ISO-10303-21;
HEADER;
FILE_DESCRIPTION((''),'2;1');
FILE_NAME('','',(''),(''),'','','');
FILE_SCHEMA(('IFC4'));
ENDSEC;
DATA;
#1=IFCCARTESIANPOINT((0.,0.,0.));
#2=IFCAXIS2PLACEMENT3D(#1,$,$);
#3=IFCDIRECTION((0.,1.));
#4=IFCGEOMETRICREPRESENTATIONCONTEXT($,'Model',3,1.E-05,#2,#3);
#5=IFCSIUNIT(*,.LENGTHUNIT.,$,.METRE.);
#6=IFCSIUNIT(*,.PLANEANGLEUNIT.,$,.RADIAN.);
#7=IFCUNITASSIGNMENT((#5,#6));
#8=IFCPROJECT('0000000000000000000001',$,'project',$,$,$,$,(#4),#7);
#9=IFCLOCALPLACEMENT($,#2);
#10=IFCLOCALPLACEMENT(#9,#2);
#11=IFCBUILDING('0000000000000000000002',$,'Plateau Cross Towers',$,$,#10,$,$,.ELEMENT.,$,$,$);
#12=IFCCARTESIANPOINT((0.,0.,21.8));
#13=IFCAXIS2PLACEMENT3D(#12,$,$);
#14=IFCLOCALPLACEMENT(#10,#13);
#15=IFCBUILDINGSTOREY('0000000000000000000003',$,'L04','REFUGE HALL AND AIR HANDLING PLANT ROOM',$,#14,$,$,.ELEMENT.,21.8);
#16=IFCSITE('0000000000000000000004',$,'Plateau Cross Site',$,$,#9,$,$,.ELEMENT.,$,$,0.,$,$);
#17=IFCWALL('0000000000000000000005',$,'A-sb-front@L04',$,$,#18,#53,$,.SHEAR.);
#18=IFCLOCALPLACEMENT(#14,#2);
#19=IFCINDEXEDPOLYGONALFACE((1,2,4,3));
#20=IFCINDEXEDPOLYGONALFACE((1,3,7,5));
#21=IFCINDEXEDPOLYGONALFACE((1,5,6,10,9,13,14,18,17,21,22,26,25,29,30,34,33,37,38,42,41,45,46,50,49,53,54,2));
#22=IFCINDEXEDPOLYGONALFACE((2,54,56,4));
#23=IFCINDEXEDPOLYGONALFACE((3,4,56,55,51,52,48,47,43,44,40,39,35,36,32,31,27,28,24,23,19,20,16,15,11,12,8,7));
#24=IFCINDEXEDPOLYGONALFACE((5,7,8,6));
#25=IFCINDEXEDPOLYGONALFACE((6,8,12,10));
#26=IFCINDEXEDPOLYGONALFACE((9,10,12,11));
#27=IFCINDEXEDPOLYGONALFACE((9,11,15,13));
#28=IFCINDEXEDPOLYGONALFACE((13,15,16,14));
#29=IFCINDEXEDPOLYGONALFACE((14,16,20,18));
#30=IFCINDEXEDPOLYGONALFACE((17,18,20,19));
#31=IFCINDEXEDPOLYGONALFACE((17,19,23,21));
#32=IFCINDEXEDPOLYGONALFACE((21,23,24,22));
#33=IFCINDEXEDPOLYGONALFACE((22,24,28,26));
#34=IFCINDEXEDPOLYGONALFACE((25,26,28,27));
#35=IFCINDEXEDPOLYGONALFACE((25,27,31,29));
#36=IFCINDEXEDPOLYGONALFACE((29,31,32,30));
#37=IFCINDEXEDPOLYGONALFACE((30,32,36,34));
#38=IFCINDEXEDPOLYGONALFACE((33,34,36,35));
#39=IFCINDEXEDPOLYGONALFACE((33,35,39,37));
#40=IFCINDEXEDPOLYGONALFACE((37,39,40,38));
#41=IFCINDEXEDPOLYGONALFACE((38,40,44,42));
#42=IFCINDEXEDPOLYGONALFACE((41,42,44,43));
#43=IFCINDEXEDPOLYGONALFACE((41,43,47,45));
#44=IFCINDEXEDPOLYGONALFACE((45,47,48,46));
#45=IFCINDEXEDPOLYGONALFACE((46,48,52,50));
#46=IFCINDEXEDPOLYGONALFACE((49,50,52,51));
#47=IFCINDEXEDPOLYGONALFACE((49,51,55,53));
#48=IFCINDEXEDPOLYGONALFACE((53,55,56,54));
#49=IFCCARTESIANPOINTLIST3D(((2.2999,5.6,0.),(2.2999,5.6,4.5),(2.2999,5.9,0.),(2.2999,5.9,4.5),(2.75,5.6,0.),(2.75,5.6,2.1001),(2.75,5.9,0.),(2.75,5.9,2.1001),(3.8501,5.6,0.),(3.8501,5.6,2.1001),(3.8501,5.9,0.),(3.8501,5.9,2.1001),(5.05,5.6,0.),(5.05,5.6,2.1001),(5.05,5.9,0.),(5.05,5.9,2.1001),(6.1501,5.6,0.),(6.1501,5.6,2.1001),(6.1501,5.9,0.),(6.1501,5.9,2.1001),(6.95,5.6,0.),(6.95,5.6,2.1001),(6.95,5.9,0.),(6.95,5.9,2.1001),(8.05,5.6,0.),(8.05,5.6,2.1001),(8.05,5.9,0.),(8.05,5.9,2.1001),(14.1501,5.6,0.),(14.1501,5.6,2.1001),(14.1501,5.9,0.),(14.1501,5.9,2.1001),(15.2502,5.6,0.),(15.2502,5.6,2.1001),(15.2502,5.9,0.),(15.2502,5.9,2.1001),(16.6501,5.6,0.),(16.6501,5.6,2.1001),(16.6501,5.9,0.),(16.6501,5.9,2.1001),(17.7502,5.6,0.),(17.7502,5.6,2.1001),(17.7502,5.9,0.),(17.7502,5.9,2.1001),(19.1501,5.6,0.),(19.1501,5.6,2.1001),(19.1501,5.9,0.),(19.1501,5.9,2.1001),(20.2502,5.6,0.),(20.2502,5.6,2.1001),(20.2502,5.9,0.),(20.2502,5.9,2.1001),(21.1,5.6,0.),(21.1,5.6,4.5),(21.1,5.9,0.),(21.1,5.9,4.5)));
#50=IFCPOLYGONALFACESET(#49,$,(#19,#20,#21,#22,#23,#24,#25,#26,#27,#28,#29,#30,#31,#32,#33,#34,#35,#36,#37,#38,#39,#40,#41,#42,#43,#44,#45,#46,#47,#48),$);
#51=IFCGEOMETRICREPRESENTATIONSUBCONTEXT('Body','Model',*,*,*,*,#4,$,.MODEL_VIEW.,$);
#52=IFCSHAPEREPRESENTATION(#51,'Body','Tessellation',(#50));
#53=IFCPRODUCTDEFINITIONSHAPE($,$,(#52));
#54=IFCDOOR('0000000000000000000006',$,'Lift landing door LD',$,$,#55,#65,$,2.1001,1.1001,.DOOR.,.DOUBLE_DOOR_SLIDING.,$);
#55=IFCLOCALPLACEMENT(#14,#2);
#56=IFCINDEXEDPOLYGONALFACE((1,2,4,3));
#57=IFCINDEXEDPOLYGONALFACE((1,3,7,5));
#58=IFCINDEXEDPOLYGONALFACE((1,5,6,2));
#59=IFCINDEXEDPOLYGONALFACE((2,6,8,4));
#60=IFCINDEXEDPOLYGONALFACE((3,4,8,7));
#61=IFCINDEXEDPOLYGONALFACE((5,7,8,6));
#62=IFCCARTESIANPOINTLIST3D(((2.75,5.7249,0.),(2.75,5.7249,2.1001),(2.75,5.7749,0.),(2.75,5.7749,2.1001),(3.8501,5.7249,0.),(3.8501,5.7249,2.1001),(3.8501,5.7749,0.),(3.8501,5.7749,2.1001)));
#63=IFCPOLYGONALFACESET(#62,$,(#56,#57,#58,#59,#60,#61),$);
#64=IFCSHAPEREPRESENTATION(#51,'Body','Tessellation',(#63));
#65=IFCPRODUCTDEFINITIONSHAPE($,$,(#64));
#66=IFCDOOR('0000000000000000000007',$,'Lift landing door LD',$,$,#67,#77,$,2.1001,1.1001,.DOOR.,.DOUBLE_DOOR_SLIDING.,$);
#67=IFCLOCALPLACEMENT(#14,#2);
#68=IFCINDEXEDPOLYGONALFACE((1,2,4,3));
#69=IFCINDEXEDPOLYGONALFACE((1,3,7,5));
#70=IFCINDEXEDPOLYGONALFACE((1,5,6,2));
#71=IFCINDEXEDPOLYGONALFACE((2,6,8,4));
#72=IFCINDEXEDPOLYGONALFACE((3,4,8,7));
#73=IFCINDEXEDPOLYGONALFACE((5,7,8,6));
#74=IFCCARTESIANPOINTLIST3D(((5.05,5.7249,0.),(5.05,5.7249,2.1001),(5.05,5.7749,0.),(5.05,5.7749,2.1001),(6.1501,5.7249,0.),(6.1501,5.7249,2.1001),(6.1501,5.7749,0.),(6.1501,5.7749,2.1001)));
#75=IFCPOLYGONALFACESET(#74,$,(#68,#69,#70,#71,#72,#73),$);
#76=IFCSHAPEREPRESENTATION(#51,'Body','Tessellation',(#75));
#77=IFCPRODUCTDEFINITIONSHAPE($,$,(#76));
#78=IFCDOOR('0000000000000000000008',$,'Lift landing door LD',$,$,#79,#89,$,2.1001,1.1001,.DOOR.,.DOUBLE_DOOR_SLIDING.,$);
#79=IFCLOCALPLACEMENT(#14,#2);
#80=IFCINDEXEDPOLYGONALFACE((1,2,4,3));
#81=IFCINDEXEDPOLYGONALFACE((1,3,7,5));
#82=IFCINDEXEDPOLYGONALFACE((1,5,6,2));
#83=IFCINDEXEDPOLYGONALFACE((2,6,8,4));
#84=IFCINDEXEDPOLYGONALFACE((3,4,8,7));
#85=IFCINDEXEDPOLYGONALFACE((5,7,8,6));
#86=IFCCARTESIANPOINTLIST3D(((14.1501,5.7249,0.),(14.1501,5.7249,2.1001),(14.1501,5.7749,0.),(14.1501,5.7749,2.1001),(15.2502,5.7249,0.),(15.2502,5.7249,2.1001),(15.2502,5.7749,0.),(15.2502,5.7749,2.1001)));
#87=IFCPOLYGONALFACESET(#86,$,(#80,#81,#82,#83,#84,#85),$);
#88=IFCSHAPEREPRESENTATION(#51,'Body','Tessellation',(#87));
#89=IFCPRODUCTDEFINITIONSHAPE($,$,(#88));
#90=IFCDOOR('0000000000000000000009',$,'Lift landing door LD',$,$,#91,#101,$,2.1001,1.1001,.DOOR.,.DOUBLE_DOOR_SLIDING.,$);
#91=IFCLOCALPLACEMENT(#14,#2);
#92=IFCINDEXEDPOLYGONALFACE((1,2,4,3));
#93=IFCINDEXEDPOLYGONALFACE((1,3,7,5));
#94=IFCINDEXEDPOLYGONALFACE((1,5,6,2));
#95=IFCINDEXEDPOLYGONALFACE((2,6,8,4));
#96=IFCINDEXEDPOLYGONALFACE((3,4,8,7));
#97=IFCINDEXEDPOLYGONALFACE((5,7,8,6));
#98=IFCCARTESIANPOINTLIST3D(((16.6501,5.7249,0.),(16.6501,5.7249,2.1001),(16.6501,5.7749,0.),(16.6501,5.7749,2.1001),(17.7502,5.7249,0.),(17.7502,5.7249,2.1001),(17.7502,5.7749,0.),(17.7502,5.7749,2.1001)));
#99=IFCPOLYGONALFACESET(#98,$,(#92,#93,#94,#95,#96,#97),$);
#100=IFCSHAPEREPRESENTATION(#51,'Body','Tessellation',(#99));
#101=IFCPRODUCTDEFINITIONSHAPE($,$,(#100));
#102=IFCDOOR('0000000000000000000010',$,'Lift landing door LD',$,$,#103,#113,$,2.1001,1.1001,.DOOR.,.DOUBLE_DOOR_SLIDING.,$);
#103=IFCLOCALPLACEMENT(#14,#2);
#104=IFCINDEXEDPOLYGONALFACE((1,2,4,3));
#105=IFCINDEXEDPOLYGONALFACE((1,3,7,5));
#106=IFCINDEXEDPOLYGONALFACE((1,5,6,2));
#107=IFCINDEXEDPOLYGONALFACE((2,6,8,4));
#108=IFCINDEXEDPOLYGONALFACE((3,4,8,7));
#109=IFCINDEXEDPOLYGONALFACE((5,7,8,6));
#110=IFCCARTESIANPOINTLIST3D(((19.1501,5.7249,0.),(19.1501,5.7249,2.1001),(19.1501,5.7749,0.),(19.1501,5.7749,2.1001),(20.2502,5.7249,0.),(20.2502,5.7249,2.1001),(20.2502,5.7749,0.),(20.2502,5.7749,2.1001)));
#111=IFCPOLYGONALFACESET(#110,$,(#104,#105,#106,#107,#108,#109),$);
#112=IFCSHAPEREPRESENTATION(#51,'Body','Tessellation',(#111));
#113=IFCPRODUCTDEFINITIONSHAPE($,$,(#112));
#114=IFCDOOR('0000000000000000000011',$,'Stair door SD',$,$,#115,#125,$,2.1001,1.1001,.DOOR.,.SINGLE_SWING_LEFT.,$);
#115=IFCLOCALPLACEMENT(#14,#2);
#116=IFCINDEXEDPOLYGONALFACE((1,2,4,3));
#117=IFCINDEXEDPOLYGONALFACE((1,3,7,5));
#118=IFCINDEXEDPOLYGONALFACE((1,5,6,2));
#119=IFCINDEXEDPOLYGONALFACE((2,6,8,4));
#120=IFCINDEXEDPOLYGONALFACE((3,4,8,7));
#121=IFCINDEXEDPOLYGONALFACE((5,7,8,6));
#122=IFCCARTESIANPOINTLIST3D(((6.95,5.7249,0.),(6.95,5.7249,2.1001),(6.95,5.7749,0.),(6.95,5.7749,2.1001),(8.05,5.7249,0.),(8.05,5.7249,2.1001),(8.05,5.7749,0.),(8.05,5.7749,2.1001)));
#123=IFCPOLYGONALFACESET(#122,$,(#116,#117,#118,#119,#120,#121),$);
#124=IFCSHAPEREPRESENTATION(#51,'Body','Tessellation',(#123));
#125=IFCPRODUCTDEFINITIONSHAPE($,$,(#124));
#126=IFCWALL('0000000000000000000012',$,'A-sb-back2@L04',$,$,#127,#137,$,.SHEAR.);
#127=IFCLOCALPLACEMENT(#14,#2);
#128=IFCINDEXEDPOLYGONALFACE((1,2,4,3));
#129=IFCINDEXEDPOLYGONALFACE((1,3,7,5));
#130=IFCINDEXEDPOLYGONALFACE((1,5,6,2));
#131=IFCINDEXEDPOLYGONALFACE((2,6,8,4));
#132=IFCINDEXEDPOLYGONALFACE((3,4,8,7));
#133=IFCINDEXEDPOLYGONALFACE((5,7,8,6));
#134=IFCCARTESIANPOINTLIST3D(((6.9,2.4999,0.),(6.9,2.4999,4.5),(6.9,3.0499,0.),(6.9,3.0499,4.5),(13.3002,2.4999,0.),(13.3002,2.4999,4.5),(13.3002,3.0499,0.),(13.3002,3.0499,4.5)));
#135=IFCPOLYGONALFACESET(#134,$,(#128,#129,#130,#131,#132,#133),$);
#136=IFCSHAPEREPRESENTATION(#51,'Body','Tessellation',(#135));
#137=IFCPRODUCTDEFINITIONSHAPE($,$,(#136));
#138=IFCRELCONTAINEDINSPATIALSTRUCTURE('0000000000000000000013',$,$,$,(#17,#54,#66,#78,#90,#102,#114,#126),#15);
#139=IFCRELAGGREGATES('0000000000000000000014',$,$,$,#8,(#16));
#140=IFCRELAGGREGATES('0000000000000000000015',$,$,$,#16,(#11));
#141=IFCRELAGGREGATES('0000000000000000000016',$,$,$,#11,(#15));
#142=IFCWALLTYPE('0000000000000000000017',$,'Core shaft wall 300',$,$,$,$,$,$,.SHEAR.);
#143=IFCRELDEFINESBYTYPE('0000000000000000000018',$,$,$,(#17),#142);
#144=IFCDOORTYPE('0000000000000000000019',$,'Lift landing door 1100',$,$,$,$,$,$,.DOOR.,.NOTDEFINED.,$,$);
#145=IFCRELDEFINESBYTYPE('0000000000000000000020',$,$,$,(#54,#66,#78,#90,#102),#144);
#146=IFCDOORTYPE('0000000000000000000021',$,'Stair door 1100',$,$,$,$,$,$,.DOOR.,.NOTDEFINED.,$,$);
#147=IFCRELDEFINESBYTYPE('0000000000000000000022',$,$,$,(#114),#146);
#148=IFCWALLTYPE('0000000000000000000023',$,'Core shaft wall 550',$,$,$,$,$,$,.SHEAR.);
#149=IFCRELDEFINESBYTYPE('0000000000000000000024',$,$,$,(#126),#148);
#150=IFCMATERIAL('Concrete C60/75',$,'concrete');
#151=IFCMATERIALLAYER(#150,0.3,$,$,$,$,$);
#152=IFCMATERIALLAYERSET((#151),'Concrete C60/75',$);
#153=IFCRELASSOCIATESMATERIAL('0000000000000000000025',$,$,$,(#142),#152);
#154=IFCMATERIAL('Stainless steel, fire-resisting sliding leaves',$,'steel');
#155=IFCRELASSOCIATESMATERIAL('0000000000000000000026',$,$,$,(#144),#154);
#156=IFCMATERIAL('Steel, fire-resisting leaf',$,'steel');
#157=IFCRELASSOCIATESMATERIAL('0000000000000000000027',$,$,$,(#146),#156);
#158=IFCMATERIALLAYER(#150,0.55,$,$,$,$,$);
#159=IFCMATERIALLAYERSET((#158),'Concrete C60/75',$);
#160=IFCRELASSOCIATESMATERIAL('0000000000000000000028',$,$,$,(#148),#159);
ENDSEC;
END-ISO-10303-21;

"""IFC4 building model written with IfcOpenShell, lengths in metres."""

from ifc_helpers import new_model, si_unit, direction, frame, frame_2d, origin, place, context, subcontext, project, spatial, rectangle, extrude, material, layer, layer_set, type_object, element, fill, save


model = new_model("IFC4")

# Units and contexts
model_context = context("Model", 3, precision=1e-05, world=origin(), true_north=direction((0.0, 1.0)))
body_context = subcontext(model_context, "Body", "Model", "MODEL_VIEW")
ifc_project = project(units=[si_unit("LENGTHUNIT", "METRE"), si_unit("PLANEANGLEUNIT", "RADIAN")], contexts=[model_context])

# Site, building, storey
site_placement = place(None, origin())
site = spatial("IfcSite", under=ifc_project, at=site_placement, Name="Plateau Cross Site", CompositionType="ELEMENT", RefElevation=0.0)
building_placement = place(site_placement, origin())
building = spatial("IfcBuilding", under=site, at=building_placement, Name="Plateau Cross Towers", CompositionType="ELEMENT")
storey_placement = place(building_placement, frame((0.0, 0.0, 21.8)))
storey = spatial("IfcBuildingStorey", under=building, at=storey_placement, Name="L04", Description="REFUGE HALL AND AIR HANDLING PLANT ROOM", CompositionType="ELEMENT", Elevation=21.8)

# Shared definitions
ifc_material_1 = material(Name="Steel, fire-resisting leaf", Category="steel")

# Shared definitions
ifc_material_2 = material(Name="Concrete C60/75", Category="concrete")
ifc_layer_1 = layer(ifc_material_2, 0.3)
ifc_layer_set_1 = layer_set([ifc_layer_1], Name="Concrete C60/75")
wall_type_1 = type_object("IfcWallType", Name="Core shaft wall 300", PredefinedType="SHEAR", material=ifc_layer_set_1)

# Wall, openings, doors
wall_1_placement = place(storey_placement, frame((2.3, 5.75, 0.0), z_axis=(0.0, 0.0, 1.0), x_axis=(1.0, 0.0, 0.0)))
wall_1 = element("IfcWall", 1, at=wall_1_placement, inside=storey, type_object=wall_type_1, Name="A-sb-front@L04", PredefinedType="SHEAR", context=body_context, shape_type="SweptSolid", body=[
    extrude(rectangle(XDim=18.8, YDim=0.3, at=frame_2d((9.3999, 0.0))), origin(), (0.0, 0.0, 1.0), 4.5),
])
opening_1_placement = place(wall_1_placement, frame((4.6499, 0.0, 0.0)))
opening_1 = element("IfcOpeningElement", 2, at=opening_1_placement, cuts=wall_1, PredefinedType="OPENING", context=body_context, shape_type="SweptSolid", body=[
    extrude(rectangle(XDim=1.1001, YDim=2.1001, at=frame_2d((0.55, 1.05))), frame((0.0, 0.1599, 0.0), z_axis=(0.0, -1.0, 0.0), x_axis=(1.0, 0.0, 0.0)), (0.0, 0.0, 1.0), 0.3201),
])
opening_2_placement = place(wall_1_placement, frame((0.45, 0.0, 0.0)))
opening_2 = element("IfcOpeningElement", 3, at=opening_2_placement, cuts=wall_1, PredefinedType="OPENING", context=body_context, shape_type="SweptSolid", body=[
    extrude(rectangle(XDim=1.1001, YDim=2.1001, at=frame_2d((0.55, 1.05))), frame((0.0, 0.1599, 0.0), z_axis=(0.0, -1.0, 0.0), x_axis=(1.0, 0.0, 0.0)), (0.0, 0.0, 1.0), 0.3201),
])
opening_3_placement = place(wall_1_placement, frame((2.75, 0.0, 0.0)))
opening_3 = element("IfcOpeningElement", 4, at=opening_3_placement, cuts=wall_1, PredefinedType="OPENING", context=body_context, shape_type="SweptSolid", body=[
    extrude(rectangle(XDim=1.1001, YDim=2.1001, at=frame_2d((0.55, 1.05))), frame((0.0, 0.1599, 0.0), z_axis=(0.0, -1.0, 0.0), x_axis=(1.0, 0.0, 0.0)), (0.0, 0.0, 1.0), 0.3201),
])
opening_4_placement = place(wall_1_placement, frame((11.8501, 0.0, 0.0)))
opening_4 = element("IfcOpeningElement", 5, at=opening_4_placement, cuts=wall_1, PredefinedType="OPENING", context=body_context, shape_type="SweptSolid", body=[
    extrude(rectangle(XDim=1.1001, YDim=2.1001, at=frame_2d((0.55, 1.05))), frame((0.0, 0.1599, 0.0), z_axis=(0.0, -1.0, 0.0), x_axis=(1.0, 0.0, 0.0)), (0.0, 0.0, 1.0), 0.3201),
])
opening_5_placement = place(wall_1_placement, frame((14.3501, 0.0, 0.0)))
opening_5 = element("IfcOpeningElement", 6, at=opening_5_placement, cuts=wall_1, PredefinedType="OPENING", context=body_context, shape_type="SweptSolid", body=[
    extrude(rectangle(XDim=1.1001, YDim=2.1001, at=frame_2d((0.55, 1.05))), frame((0.0, 0.1599, 0.0), z_axis=(0.0, -1.0, 0.0), x_axis=(1.0, 0.0, 0.0)), (0.0, 0.0, 1.0), 0.3201),
])
opening_6_placement = place(wall_1_placement, frame((16.8501, 0.0, 0.0)))
opening_6 = element("IfcOpeningElement", 7, at=opening_6_placement, cuts=wall_1, PredefinedType="OPENING", context=body_context, shape_type="SweptSolid", body=[
    extrude(rectangle(XDim=1.1001, YDim=2.1001, at=frame_2d((0.55, 1.05))), frame((0.0, 0.1599, 0.0), z_axis=(0.0, -1.0, 0.0), x_axis=(1.0, 0.0, 0.0)), (0.0, 0.0, 1.0), 0.3201),
])
ifc_material_3 = material(Name="Stainless steel, fire-resisting sliding leaves", Category="steel")
door_type_1 = type_object("IfcDoorType", Name="Lift landing door 1100", OperationType="NOTDEFINED", PredefinedType="DOOR", material=ifc_material_3)
door_1_placement = place(opening_2_placement, origin())
door_1 = element("IfcDoor", 8, at=door_1_placement, inside=storey, type_object=door_type_1, Name="Lift landing door LD", OperationType="DOUBLE_DOOR_SLIDING", OverallHeight=2.1001, OverallWidth=1.1001, PredefinedType="DOOR", context=body_context, shape_type="SweptSolid", body=[
    extrude(rectangle(XDim=1.1001, YDim=2.1001, at=frame_2d((0.55, 1.05))), frame((0.0, 0.0249, 0.0), z_axis=(0.0, -1.0, 0.0), x_axis=(1.0, 0.0, 0.0)), (0.0, 0.0, 1.0), 0.05),
])
fill(opening_2, door_1)
door_2_placement = place(opening_3_placement, origin())
door_2 = element("IfcDoor", 9, at=door_2_placement, inside=storey, type_object=door_type_1, Name="Lift landing door LD", OperationType="DOUBLE_DOOR_SLIDING", OverallHeight=2.1001, OverallWidth=1.1001, PredefinedType="DOOR", context=body_context, shape_type="SweptSolid", body=[
    extrude(rectangle(XDim=1.1001, YDim=2.1001, at=frame_2d((0.55, 1.05))), frame((0.0, 0.0249, 0.0), z_axis=(0.0, -1.0, 0.0), x_axis=(1.0, 0.0, 0.0)), (0.0, 0.0, 1.0), 0.05),
])
fill(opening_3, door_2)
door_3_placement = place(opening_4_placement, origin())
door_3 = element("IfcDoor", 10, at=door_3_placement, inside=storey, type_object=door_type_1, Name="Lift landing door LD", OperationType="DOUBLE_DOOR_SLIDING", OverallHeight=2.1001, OverallWidth=1.1001, PredefinedType="DOOR", context=body_context, shape_type="SweptSolid", body=[
    extrude(rectangle(XDim=1.1001, YDim=2.1001, at=frame_2d((0.55, 1.05))), frame((0.0, 0.0249, 0.0), z_axis=(0.0, -1.0, 0.0), x_axis=(1.0, 0.0, 0.0)), (0.0, 0.0, 1.0), 0.05),
])
fill(opening_4, door_3)
door_4_placement = place(opening_5_placement, origin())
door_4 = element("IfcDoor", 11, at=door_4_placement, inside=storey, type_object=door_type_1, Name="Lift landing door LD", OperationType="DOUBLE_DOOR_SLIDING", OverallHeight=2.1001, OverallWidth=1.1001, PredefinedType="DOOR", context=body_context, shape_type="SweptSolid", body=[
    extrude(rectangle(XDim=1.1001, YDim=2.1001, at=frame_2d((0.55, 1.05))), frame((0.0, 0.0249, 0.0), z_axis=(0.0, -1.0, 0.0), x_axis=(1.0, 0.0, 0.0)), (0.0, 0.0, 1.0), 0.05),
])
fill(opening_5, door_4)
door_5_placement = place(opening_6_placement, origin())
door_5 = element("IfcDoor", 12, at=door_5_placement, inside=storey, type_object=door_type_1, Name="Lift landing door LD", OperationType="DOUBLE_DOOR_SLIDING", OverallHeight=2.1001, OverallWidth=1.1001, PredefinedType="DOOR", context=body_context, shape_type="SweptSolid", body=[
    extrude(rectangle(XDim=1.1001, YDim=2.1001, at=frame_2d((0.55, 1.05))), frame((0.0, 0.0249, 0.0), z_axis=(0.0, -1.0, 0.0), x_axis=(1.0, 0.0, 0.0)), (0.0, 0.0, 1.0), 0.05),
])
fill(opening_6, door_5)
door_type_2 = type_object("IfcDoorType", Name="Stair door 1100", OperationType="NOTDEFINED", PredefinedType="DOOR", material=ifc_material_1)
door_6_placement = place(opening_1_placement, origin())
door_6 = element("IfcDoor", 13, at=door_6_placement, inside=storey, type_object=door_type_2, Name="Stair door SD", OperationType="SINGLE_SWING_LEFT", OverallHeight=2.1001, OverallWidth=1.1001, PredefinedType="DOOR", context=body_context, shape_type="SweptSolid", body=[
    extrude(rectangle(XDim=1.1001, YDim=2.1001, at=frame_2d((0.55, 1.05))), frame((0.0, 0.0249, 0.0), z_axis=(0.0, -1.0, 0.0), x_axis=(1.0, 0.0, 0.0)), (0.0, 0.0, 1.0), 0.05),
])
fill(opening_1, door_6)

# Wall
ifc_layer_2 = layer(ifc_material_2, 0.55)
ifc_layer_set_2 = layer_set([ifc_layer_2], Name="Concrete C60/75")
wall_type_2 = type_object("IfcWallType", Name="Core shaft wall 550", PredefinedType="SHEAR", material=ifc_layer_set_2)
wall_2_placement = place(storey_placement, frame((6.8999, 2.7749, 0.0), z_axis=(0.0, 0.0, 1.0), x_axis=(1.0, 0.0, 0.0)))
element("IfcWall", 14, at=wall_2_placement, inside=storey, type_object=wall_type_2, Name="A-sb-back2@L04", PredefinedType="SHEAR", context=body_context, shape_type="SweptSolid", body=[
    extrude(rectangle(XDim=6.4001, YDim=0.55, at=frame_2d((3.2002, 0.0))), origin(), (0.0, 0.0, 1.0), 4.5),
])

save(model, "model.ifc")
